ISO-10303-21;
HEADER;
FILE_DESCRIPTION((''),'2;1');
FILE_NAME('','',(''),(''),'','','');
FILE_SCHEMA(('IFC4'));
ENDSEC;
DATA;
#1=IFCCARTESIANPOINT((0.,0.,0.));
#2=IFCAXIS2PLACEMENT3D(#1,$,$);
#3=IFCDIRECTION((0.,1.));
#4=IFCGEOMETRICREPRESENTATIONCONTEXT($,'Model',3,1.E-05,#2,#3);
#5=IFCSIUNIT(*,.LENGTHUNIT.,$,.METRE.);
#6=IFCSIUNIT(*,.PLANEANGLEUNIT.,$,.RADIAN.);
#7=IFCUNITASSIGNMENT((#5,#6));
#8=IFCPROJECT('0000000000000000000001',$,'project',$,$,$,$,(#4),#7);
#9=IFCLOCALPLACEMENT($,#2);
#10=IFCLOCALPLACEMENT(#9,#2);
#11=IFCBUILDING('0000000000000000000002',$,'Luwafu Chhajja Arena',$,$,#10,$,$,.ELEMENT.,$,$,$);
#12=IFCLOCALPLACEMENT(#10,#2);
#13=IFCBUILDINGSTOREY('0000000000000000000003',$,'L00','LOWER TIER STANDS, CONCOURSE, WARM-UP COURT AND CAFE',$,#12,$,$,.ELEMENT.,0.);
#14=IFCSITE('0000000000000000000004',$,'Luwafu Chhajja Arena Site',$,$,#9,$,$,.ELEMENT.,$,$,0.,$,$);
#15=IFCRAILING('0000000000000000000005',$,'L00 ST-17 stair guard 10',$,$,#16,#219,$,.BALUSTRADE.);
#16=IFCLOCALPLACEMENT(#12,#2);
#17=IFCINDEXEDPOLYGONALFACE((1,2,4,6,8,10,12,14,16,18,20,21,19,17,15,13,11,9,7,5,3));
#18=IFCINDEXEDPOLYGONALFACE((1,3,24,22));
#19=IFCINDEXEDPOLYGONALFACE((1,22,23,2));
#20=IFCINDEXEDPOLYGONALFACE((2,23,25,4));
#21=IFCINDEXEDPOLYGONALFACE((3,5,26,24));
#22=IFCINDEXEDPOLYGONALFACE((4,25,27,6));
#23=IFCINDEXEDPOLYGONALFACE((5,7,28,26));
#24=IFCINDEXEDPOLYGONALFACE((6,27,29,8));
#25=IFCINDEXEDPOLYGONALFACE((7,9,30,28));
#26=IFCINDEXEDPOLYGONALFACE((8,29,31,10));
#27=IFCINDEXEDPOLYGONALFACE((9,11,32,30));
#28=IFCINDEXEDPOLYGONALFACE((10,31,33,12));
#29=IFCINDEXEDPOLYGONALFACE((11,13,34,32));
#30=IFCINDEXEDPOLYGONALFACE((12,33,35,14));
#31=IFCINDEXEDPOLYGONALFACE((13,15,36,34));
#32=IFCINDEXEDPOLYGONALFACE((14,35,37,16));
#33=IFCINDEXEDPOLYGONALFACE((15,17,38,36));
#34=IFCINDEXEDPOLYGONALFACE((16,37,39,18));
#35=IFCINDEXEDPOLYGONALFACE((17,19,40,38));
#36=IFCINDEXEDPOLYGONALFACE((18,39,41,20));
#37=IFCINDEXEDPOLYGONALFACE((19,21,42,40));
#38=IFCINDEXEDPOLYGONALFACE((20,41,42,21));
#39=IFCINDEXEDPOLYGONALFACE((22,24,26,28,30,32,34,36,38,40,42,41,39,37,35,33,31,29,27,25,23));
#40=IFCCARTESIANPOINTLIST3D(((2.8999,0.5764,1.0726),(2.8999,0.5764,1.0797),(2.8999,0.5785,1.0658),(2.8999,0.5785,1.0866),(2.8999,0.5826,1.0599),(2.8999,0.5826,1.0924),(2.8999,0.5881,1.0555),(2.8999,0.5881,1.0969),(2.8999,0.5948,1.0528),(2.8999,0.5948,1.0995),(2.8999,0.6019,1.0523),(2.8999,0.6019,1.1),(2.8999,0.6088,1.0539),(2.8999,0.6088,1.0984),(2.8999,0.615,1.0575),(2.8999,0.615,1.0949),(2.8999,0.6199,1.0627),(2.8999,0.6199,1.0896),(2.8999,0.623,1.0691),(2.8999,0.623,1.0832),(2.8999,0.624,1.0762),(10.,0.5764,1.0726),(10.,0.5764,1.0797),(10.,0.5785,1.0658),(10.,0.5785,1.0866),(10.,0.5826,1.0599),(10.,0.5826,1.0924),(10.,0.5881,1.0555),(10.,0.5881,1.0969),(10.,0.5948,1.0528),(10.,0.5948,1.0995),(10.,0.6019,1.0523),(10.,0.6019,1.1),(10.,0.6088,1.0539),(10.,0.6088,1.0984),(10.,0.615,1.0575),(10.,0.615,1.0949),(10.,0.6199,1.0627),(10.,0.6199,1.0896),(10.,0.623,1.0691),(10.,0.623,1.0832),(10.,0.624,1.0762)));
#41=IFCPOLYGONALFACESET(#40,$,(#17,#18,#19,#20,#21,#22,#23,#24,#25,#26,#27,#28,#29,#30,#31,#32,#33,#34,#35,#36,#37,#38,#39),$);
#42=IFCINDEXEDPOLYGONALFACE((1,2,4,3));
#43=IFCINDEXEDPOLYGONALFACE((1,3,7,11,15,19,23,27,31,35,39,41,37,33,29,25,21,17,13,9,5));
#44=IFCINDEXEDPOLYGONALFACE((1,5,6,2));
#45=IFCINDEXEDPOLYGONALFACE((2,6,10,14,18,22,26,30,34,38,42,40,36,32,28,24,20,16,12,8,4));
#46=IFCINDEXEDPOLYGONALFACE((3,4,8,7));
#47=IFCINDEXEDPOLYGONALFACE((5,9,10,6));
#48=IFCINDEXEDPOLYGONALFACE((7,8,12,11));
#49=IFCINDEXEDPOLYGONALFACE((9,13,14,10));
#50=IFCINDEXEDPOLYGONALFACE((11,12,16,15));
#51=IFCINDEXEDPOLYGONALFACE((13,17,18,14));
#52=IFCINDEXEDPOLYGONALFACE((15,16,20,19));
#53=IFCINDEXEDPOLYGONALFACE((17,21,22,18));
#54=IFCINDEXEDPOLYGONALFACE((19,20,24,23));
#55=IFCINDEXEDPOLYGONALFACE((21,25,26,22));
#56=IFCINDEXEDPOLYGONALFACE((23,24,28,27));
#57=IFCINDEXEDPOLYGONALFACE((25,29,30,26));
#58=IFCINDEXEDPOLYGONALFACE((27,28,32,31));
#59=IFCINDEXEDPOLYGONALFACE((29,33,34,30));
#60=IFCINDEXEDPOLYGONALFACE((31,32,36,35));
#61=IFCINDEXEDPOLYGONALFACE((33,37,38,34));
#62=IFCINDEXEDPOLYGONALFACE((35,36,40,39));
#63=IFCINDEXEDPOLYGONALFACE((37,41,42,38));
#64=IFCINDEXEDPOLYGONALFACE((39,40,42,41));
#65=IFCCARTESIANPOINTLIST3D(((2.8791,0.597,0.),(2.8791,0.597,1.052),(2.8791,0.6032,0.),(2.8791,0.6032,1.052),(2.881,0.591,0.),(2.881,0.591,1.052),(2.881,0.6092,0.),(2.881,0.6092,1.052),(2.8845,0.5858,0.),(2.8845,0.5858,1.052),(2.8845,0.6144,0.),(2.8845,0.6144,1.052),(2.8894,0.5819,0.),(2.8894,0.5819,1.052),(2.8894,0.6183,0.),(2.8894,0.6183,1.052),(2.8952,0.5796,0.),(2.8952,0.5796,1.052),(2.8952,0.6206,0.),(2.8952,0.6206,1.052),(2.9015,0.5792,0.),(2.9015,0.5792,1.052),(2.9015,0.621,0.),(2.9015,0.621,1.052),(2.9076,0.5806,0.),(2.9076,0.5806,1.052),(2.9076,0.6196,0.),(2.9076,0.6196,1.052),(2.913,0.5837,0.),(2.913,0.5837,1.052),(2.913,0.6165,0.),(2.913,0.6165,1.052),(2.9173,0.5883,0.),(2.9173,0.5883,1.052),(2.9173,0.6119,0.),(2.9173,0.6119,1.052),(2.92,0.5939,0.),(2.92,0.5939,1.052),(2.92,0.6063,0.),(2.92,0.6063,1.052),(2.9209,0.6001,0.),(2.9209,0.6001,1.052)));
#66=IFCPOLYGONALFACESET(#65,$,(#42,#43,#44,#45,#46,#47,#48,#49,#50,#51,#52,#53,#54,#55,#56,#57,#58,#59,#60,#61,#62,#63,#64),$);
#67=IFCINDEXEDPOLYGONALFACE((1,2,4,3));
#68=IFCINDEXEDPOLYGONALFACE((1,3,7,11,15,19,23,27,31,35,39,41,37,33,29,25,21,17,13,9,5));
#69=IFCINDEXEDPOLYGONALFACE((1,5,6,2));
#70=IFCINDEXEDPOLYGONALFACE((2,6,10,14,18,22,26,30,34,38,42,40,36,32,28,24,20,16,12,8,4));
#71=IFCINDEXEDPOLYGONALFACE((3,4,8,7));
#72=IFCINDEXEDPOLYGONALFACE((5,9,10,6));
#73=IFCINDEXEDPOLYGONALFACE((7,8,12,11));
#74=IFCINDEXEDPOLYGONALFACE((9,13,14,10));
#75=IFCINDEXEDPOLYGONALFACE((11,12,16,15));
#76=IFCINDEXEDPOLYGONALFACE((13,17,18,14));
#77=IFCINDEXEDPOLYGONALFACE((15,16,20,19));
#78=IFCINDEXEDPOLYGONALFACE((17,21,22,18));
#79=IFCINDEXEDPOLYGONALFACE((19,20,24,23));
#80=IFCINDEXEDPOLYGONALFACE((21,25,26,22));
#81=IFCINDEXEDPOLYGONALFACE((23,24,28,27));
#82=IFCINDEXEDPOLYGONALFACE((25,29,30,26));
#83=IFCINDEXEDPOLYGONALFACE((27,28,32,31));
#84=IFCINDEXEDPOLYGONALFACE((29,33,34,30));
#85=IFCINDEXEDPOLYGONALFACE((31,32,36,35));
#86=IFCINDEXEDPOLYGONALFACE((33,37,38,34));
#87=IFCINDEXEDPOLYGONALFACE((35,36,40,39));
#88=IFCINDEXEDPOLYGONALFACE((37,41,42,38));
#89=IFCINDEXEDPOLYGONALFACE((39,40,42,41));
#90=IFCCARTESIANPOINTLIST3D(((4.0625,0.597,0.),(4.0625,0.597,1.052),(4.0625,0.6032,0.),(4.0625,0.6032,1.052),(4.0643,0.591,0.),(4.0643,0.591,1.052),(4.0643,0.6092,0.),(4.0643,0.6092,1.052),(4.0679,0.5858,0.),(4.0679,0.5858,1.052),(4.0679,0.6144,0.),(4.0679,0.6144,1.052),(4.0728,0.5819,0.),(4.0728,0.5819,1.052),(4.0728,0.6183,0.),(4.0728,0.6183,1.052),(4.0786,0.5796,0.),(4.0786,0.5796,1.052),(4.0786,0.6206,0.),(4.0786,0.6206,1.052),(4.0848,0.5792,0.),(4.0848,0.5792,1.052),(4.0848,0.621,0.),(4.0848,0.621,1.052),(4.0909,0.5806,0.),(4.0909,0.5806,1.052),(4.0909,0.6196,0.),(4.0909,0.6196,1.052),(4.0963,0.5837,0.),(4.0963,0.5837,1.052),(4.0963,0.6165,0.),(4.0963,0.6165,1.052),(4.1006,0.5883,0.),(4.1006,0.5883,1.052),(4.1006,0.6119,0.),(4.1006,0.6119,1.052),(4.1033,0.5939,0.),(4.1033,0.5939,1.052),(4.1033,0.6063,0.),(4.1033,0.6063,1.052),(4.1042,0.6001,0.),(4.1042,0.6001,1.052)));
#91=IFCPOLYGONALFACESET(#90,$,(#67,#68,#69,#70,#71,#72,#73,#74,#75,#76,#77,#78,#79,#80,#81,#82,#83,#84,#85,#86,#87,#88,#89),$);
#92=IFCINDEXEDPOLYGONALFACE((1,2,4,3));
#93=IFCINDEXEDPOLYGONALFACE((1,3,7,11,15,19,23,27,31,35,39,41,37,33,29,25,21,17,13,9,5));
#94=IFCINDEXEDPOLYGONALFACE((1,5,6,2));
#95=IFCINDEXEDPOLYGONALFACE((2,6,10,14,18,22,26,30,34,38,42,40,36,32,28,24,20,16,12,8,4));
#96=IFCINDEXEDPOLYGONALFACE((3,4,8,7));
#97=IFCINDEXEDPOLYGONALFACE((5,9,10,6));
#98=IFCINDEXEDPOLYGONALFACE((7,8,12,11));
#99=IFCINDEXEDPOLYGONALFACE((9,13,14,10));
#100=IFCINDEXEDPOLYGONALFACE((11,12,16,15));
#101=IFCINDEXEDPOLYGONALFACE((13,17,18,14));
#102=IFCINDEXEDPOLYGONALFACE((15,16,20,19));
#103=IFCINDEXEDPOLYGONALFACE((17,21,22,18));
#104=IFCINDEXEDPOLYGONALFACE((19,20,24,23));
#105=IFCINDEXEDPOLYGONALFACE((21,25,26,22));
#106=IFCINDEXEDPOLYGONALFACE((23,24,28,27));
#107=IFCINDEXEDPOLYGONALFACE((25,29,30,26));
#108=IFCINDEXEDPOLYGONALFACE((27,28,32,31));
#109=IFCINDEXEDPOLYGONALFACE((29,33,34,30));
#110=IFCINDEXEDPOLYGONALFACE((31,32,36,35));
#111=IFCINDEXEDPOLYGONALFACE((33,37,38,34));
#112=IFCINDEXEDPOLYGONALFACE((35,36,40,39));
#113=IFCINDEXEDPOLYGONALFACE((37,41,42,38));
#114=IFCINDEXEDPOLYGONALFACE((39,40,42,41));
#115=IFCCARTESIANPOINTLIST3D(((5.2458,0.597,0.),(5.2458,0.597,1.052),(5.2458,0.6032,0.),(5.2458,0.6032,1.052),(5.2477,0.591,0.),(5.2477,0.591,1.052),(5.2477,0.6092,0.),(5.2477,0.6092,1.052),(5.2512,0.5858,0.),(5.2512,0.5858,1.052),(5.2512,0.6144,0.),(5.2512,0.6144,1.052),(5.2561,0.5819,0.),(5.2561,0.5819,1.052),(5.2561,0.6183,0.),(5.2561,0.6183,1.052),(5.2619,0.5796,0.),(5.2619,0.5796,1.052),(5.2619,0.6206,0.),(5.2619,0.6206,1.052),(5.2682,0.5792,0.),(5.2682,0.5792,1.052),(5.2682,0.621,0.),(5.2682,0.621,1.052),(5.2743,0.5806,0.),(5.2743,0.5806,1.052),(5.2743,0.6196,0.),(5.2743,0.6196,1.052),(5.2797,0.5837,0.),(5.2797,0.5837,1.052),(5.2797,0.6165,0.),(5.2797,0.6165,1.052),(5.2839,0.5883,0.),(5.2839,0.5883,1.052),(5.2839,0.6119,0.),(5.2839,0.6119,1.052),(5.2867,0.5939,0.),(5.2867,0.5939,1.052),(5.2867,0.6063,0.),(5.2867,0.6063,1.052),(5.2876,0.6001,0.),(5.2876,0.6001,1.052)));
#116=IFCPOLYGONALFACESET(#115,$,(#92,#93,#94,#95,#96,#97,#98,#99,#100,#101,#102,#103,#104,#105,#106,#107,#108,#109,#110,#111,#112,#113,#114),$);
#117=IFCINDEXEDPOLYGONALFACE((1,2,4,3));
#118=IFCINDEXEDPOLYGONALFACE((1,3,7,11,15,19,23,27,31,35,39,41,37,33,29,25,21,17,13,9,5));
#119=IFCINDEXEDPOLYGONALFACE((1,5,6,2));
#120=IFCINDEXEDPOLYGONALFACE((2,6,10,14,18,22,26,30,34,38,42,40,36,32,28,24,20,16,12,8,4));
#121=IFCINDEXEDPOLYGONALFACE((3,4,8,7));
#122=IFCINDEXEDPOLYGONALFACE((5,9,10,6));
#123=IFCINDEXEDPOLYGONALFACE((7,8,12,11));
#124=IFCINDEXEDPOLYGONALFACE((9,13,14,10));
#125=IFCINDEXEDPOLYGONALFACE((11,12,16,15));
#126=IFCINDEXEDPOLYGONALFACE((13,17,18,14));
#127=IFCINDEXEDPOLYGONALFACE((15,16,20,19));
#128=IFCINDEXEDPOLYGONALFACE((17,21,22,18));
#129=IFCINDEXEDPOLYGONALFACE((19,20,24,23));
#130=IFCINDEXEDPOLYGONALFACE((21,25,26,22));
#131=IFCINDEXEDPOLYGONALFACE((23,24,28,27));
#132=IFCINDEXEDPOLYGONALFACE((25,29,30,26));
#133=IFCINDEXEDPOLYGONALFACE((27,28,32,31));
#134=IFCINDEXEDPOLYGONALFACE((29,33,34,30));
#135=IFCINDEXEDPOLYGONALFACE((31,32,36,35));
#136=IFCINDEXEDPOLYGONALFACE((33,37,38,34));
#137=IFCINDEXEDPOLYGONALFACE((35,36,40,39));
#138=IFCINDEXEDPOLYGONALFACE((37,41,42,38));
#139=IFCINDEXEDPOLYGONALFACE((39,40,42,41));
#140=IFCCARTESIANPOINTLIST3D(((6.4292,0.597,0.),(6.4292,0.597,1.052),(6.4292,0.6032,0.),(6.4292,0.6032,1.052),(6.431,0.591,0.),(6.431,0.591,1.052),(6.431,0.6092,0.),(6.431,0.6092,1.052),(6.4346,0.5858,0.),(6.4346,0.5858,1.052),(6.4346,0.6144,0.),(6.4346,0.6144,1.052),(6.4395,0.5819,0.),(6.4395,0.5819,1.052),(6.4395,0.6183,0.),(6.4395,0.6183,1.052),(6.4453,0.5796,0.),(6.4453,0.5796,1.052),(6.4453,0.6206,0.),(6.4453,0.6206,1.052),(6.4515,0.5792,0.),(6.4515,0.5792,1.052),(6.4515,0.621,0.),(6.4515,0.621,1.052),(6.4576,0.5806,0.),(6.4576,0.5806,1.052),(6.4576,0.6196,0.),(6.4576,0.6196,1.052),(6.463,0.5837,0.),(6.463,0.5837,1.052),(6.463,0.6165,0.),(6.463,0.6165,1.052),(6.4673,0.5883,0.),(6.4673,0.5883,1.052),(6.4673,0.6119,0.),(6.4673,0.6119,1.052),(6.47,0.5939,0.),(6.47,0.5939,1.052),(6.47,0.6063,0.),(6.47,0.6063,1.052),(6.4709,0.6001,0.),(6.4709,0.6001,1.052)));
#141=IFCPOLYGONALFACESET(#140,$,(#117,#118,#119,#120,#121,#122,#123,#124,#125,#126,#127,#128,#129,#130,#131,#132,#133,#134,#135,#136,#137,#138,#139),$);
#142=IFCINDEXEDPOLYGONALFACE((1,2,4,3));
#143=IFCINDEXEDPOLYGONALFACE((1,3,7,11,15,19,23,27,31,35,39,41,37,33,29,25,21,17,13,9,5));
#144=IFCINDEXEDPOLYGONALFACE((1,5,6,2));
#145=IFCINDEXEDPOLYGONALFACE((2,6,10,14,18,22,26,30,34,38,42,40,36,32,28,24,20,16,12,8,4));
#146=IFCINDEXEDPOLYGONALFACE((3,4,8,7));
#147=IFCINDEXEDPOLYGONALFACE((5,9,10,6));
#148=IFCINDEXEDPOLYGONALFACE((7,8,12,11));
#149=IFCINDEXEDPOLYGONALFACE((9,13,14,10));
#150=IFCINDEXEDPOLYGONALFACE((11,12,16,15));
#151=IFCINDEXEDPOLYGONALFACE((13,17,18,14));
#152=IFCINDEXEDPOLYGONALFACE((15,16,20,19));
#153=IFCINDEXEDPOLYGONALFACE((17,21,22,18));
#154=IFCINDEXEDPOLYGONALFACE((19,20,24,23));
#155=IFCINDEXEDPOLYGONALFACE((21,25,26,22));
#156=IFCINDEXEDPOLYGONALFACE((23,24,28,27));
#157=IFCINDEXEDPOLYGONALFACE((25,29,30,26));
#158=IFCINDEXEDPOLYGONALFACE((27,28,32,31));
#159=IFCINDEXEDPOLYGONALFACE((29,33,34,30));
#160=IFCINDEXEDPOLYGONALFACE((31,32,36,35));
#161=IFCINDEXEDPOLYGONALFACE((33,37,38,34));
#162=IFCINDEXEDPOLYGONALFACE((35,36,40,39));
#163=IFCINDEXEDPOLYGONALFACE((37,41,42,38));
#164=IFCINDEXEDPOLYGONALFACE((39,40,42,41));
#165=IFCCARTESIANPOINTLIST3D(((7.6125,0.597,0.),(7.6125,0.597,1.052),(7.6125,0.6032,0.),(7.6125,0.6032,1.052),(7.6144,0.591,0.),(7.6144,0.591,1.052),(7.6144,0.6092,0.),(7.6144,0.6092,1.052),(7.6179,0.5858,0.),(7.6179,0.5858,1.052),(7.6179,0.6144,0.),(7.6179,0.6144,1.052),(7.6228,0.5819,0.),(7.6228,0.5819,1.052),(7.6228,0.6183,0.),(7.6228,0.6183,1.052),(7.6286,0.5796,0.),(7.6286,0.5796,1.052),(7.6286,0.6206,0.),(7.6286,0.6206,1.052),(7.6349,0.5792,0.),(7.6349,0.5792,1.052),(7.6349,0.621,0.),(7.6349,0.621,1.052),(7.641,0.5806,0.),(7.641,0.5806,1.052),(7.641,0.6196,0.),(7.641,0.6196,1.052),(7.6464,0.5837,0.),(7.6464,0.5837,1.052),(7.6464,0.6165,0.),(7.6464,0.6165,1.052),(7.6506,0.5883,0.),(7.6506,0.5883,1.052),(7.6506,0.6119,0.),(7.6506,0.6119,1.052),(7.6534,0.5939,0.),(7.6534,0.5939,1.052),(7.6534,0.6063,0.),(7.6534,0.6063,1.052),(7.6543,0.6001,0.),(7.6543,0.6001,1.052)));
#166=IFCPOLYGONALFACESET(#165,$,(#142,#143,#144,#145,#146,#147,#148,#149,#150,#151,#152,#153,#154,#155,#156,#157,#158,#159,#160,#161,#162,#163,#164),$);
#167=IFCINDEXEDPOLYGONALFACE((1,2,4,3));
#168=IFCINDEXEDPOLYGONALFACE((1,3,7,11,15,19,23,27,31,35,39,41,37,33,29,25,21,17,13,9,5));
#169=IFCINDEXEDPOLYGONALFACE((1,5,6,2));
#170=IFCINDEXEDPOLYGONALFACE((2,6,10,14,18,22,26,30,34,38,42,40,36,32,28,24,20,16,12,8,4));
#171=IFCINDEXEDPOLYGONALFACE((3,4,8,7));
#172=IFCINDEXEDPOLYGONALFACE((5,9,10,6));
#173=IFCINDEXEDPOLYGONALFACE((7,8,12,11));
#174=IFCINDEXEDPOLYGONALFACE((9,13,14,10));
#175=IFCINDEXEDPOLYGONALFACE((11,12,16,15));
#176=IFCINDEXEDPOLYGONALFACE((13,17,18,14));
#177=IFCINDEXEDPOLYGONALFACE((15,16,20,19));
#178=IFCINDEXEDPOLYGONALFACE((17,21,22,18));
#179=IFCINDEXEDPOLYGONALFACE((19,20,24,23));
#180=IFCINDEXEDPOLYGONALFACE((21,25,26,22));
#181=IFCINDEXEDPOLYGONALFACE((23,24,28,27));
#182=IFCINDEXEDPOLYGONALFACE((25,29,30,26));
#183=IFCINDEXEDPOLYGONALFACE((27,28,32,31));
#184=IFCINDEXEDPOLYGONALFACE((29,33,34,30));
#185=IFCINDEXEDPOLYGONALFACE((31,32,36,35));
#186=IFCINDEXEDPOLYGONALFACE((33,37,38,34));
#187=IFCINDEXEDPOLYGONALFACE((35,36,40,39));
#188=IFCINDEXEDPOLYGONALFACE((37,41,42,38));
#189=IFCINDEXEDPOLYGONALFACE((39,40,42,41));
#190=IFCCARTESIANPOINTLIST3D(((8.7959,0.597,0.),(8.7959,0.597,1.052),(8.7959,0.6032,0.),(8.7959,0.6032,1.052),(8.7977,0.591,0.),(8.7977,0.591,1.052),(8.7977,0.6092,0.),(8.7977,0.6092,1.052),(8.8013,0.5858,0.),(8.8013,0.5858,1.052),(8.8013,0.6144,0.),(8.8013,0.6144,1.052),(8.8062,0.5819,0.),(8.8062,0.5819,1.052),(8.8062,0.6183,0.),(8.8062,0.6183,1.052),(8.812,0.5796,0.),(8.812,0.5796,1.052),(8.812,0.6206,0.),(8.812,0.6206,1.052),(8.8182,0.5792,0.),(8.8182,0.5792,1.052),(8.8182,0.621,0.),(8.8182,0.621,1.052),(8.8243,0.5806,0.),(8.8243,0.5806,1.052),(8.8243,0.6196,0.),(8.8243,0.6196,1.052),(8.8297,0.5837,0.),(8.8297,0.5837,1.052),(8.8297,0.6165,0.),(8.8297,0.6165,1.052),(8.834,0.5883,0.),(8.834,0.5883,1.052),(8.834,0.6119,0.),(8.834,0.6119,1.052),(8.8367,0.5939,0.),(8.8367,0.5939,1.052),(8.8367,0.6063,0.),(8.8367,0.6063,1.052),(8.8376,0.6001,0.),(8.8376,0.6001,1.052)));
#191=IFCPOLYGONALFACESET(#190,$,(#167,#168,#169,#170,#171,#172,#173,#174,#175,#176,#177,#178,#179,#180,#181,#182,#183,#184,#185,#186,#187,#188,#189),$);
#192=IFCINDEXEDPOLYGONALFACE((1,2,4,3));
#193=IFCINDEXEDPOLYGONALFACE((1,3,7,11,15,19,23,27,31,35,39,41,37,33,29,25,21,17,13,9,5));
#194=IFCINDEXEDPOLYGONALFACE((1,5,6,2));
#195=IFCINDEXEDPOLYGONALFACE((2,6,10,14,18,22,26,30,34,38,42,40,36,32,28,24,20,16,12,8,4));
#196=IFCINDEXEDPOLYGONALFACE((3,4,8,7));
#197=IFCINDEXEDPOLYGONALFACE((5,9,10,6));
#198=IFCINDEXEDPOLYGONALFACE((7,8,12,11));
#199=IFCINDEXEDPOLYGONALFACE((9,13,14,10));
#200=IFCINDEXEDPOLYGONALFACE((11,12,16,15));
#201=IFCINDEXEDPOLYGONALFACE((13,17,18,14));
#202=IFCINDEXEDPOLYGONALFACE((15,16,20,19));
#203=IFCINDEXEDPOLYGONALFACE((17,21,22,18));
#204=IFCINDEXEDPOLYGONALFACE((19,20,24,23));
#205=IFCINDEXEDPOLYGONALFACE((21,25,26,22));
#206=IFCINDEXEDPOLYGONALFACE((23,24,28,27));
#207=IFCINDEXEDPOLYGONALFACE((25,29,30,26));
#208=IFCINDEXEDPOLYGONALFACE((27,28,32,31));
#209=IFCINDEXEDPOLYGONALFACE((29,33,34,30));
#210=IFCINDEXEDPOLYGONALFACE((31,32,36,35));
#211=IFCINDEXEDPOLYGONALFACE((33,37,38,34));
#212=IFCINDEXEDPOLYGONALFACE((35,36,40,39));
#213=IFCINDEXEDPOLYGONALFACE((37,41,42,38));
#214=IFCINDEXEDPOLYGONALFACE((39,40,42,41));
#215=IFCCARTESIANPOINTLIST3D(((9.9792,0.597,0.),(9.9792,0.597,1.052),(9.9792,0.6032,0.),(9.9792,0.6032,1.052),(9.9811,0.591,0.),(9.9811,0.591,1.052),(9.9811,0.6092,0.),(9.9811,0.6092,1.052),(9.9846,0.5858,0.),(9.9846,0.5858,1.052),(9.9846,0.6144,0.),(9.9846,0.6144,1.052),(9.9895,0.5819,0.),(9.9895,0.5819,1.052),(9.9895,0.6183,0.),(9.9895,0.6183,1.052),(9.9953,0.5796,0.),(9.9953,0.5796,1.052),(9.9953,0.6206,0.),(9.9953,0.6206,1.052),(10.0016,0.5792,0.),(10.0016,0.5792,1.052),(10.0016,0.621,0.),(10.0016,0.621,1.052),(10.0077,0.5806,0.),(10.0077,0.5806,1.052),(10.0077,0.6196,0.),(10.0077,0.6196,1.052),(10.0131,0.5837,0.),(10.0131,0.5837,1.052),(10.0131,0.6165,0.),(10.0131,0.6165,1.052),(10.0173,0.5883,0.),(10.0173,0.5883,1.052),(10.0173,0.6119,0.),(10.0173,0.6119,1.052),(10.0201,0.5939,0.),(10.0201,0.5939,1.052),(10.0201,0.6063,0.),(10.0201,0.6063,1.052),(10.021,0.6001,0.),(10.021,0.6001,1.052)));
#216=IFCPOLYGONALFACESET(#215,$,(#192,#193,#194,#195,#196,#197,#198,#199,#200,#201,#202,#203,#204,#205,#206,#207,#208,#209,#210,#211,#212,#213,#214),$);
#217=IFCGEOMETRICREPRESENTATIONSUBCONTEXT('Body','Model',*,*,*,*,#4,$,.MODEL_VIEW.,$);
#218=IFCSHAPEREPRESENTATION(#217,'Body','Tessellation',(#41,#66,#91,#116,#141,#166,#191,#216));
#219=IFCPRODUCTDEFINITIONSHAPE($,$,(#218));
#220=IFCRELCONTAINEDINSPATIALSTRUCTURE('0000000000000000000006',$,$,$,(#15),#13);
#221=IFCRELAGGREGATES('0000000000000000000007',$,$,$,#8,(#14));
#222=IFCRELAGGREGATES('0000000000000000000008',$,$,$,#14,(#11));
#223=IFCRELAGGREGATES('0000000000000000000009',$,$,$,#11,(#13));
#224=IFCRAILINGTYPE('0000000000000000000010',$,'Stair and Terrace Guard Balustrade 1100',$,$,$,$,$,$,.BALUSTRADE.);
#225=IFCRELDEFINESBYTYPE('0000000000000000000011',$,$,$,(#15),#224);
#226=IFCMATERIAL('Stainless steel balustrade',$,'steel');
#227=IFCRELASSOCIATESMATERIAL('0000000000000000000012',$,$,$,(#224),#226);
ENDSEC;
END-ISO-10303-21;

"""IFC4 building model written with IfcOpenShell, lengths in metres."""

from ifc_helpers import new_model, si_unit, direction, frame, origin, origin_2d, place, context, subcontext, project, spatial, circle, extrude, material, type_object, element, save


model = new_model("IFC4")

# Units and contexts
model_context = context("Model", 3, precision=1e-05, world=origin(), true_north=direction((0.0, 1.0)))
body_context = subcontext(model_context, "Body", "Model", "MODEL_VIEW")
ifc_project = project(units=[si_unit("LENGTHUNIT", "METRE"), si_unit("PLANEANGLEUNIT", "RADIAN")], contexts=[model_context])

# Site, building, storey
site_placement = place(None, origin())
site = spatial("IfcSite", under=ifc_project, at=site_placement, Name="Luwafu Chhajja Arena Site", CompositionType="ELEMENT", RefElevation=0.0)
building_placement = place(site_placement, origin())
building = spatial("IfcBuilding", under=site, at=building_placement, Name="Luwafu Chhajja Arena", CompositionType="ELEMENT")
storey_placement = place(building_placement, origin())
storey = spatial("IfcBuildingStorey", under=building, at=storey_placement, Name="L00", Description="LOWER TIER STANDS, CONCOURSE, WARM-UP COURT AND CAFE", CompositionType="ELEMENT", Elevation=0.0)

# Railing
ifc_material_1 = material(Name="Stainless steel balustrade", Category="steel")
railing_type_1 = type_object("IfcRailingType", Name="Stair and Terrace Guard Balustrade 1100", PredefinedType="BALUSTRADE", material=ifc_material_1)
for number, where, name in (
    (1, (2.8999, 0.6001, 0.0), "L00 ST-17 stair guard 10"),
):
    element("IfcRailing", number, at=place(storey_placement, frame(where)), inside=storey, type_object=railing_type_1, Name=name, PredefinedType="BALUSTRADE", context=body_context, shape_type="SweptSolid", body=[
        extrude(circle(Radius=0.0239, at=origin_2d()), frame((0.0, 0.0, 1.0762), z_axis=(1.0, 0.0, 0.0), x_axis=(0.0, 1.0, 0.0)), (0.0, 0.0, 1.0), 7.1001),
        extrude(circle(Radius=0.021, at=origin_2d()), origin(), (0.0, 0.0, 1.0), 1.052),
        extrude(circle(Radius=0.021, at=origin_2d()), frame((1.1833, 0.0, 0.0)), (0.0, 0.0, 1.0), 1.052),
        extrude(circle(Radius=0.021, at=origin_2d()), frame((2.3667, 0.0, 0.0)), (0.0, 0.0, 1.0), 1.052),
        extrude(circle(Radius=0.021, at=origin_2d()), frame((3.55, 0.0, 0.0)), (0.0, 0.0, 1.0), 1.052),
        extrude(circle(Radius=0.021, at=origin_2d()), frame((4.7334, 0.0, 0.0)), (0.0, 0.0, 1.0), 1.052),
        extrude(circle(Radius=0.021, at=origin_2d()), frame((5.9167, 0.0, 0.0)), (0.0, 0.0, 1.0), 1.052),
        extrude(circle(Radius=0.021, at=origin_2d()), frame((7.1001, 0.0, 0.0)), (0.0, 0.0, 1.0), 1.052),
    ])

save(model, "model.ifc")
